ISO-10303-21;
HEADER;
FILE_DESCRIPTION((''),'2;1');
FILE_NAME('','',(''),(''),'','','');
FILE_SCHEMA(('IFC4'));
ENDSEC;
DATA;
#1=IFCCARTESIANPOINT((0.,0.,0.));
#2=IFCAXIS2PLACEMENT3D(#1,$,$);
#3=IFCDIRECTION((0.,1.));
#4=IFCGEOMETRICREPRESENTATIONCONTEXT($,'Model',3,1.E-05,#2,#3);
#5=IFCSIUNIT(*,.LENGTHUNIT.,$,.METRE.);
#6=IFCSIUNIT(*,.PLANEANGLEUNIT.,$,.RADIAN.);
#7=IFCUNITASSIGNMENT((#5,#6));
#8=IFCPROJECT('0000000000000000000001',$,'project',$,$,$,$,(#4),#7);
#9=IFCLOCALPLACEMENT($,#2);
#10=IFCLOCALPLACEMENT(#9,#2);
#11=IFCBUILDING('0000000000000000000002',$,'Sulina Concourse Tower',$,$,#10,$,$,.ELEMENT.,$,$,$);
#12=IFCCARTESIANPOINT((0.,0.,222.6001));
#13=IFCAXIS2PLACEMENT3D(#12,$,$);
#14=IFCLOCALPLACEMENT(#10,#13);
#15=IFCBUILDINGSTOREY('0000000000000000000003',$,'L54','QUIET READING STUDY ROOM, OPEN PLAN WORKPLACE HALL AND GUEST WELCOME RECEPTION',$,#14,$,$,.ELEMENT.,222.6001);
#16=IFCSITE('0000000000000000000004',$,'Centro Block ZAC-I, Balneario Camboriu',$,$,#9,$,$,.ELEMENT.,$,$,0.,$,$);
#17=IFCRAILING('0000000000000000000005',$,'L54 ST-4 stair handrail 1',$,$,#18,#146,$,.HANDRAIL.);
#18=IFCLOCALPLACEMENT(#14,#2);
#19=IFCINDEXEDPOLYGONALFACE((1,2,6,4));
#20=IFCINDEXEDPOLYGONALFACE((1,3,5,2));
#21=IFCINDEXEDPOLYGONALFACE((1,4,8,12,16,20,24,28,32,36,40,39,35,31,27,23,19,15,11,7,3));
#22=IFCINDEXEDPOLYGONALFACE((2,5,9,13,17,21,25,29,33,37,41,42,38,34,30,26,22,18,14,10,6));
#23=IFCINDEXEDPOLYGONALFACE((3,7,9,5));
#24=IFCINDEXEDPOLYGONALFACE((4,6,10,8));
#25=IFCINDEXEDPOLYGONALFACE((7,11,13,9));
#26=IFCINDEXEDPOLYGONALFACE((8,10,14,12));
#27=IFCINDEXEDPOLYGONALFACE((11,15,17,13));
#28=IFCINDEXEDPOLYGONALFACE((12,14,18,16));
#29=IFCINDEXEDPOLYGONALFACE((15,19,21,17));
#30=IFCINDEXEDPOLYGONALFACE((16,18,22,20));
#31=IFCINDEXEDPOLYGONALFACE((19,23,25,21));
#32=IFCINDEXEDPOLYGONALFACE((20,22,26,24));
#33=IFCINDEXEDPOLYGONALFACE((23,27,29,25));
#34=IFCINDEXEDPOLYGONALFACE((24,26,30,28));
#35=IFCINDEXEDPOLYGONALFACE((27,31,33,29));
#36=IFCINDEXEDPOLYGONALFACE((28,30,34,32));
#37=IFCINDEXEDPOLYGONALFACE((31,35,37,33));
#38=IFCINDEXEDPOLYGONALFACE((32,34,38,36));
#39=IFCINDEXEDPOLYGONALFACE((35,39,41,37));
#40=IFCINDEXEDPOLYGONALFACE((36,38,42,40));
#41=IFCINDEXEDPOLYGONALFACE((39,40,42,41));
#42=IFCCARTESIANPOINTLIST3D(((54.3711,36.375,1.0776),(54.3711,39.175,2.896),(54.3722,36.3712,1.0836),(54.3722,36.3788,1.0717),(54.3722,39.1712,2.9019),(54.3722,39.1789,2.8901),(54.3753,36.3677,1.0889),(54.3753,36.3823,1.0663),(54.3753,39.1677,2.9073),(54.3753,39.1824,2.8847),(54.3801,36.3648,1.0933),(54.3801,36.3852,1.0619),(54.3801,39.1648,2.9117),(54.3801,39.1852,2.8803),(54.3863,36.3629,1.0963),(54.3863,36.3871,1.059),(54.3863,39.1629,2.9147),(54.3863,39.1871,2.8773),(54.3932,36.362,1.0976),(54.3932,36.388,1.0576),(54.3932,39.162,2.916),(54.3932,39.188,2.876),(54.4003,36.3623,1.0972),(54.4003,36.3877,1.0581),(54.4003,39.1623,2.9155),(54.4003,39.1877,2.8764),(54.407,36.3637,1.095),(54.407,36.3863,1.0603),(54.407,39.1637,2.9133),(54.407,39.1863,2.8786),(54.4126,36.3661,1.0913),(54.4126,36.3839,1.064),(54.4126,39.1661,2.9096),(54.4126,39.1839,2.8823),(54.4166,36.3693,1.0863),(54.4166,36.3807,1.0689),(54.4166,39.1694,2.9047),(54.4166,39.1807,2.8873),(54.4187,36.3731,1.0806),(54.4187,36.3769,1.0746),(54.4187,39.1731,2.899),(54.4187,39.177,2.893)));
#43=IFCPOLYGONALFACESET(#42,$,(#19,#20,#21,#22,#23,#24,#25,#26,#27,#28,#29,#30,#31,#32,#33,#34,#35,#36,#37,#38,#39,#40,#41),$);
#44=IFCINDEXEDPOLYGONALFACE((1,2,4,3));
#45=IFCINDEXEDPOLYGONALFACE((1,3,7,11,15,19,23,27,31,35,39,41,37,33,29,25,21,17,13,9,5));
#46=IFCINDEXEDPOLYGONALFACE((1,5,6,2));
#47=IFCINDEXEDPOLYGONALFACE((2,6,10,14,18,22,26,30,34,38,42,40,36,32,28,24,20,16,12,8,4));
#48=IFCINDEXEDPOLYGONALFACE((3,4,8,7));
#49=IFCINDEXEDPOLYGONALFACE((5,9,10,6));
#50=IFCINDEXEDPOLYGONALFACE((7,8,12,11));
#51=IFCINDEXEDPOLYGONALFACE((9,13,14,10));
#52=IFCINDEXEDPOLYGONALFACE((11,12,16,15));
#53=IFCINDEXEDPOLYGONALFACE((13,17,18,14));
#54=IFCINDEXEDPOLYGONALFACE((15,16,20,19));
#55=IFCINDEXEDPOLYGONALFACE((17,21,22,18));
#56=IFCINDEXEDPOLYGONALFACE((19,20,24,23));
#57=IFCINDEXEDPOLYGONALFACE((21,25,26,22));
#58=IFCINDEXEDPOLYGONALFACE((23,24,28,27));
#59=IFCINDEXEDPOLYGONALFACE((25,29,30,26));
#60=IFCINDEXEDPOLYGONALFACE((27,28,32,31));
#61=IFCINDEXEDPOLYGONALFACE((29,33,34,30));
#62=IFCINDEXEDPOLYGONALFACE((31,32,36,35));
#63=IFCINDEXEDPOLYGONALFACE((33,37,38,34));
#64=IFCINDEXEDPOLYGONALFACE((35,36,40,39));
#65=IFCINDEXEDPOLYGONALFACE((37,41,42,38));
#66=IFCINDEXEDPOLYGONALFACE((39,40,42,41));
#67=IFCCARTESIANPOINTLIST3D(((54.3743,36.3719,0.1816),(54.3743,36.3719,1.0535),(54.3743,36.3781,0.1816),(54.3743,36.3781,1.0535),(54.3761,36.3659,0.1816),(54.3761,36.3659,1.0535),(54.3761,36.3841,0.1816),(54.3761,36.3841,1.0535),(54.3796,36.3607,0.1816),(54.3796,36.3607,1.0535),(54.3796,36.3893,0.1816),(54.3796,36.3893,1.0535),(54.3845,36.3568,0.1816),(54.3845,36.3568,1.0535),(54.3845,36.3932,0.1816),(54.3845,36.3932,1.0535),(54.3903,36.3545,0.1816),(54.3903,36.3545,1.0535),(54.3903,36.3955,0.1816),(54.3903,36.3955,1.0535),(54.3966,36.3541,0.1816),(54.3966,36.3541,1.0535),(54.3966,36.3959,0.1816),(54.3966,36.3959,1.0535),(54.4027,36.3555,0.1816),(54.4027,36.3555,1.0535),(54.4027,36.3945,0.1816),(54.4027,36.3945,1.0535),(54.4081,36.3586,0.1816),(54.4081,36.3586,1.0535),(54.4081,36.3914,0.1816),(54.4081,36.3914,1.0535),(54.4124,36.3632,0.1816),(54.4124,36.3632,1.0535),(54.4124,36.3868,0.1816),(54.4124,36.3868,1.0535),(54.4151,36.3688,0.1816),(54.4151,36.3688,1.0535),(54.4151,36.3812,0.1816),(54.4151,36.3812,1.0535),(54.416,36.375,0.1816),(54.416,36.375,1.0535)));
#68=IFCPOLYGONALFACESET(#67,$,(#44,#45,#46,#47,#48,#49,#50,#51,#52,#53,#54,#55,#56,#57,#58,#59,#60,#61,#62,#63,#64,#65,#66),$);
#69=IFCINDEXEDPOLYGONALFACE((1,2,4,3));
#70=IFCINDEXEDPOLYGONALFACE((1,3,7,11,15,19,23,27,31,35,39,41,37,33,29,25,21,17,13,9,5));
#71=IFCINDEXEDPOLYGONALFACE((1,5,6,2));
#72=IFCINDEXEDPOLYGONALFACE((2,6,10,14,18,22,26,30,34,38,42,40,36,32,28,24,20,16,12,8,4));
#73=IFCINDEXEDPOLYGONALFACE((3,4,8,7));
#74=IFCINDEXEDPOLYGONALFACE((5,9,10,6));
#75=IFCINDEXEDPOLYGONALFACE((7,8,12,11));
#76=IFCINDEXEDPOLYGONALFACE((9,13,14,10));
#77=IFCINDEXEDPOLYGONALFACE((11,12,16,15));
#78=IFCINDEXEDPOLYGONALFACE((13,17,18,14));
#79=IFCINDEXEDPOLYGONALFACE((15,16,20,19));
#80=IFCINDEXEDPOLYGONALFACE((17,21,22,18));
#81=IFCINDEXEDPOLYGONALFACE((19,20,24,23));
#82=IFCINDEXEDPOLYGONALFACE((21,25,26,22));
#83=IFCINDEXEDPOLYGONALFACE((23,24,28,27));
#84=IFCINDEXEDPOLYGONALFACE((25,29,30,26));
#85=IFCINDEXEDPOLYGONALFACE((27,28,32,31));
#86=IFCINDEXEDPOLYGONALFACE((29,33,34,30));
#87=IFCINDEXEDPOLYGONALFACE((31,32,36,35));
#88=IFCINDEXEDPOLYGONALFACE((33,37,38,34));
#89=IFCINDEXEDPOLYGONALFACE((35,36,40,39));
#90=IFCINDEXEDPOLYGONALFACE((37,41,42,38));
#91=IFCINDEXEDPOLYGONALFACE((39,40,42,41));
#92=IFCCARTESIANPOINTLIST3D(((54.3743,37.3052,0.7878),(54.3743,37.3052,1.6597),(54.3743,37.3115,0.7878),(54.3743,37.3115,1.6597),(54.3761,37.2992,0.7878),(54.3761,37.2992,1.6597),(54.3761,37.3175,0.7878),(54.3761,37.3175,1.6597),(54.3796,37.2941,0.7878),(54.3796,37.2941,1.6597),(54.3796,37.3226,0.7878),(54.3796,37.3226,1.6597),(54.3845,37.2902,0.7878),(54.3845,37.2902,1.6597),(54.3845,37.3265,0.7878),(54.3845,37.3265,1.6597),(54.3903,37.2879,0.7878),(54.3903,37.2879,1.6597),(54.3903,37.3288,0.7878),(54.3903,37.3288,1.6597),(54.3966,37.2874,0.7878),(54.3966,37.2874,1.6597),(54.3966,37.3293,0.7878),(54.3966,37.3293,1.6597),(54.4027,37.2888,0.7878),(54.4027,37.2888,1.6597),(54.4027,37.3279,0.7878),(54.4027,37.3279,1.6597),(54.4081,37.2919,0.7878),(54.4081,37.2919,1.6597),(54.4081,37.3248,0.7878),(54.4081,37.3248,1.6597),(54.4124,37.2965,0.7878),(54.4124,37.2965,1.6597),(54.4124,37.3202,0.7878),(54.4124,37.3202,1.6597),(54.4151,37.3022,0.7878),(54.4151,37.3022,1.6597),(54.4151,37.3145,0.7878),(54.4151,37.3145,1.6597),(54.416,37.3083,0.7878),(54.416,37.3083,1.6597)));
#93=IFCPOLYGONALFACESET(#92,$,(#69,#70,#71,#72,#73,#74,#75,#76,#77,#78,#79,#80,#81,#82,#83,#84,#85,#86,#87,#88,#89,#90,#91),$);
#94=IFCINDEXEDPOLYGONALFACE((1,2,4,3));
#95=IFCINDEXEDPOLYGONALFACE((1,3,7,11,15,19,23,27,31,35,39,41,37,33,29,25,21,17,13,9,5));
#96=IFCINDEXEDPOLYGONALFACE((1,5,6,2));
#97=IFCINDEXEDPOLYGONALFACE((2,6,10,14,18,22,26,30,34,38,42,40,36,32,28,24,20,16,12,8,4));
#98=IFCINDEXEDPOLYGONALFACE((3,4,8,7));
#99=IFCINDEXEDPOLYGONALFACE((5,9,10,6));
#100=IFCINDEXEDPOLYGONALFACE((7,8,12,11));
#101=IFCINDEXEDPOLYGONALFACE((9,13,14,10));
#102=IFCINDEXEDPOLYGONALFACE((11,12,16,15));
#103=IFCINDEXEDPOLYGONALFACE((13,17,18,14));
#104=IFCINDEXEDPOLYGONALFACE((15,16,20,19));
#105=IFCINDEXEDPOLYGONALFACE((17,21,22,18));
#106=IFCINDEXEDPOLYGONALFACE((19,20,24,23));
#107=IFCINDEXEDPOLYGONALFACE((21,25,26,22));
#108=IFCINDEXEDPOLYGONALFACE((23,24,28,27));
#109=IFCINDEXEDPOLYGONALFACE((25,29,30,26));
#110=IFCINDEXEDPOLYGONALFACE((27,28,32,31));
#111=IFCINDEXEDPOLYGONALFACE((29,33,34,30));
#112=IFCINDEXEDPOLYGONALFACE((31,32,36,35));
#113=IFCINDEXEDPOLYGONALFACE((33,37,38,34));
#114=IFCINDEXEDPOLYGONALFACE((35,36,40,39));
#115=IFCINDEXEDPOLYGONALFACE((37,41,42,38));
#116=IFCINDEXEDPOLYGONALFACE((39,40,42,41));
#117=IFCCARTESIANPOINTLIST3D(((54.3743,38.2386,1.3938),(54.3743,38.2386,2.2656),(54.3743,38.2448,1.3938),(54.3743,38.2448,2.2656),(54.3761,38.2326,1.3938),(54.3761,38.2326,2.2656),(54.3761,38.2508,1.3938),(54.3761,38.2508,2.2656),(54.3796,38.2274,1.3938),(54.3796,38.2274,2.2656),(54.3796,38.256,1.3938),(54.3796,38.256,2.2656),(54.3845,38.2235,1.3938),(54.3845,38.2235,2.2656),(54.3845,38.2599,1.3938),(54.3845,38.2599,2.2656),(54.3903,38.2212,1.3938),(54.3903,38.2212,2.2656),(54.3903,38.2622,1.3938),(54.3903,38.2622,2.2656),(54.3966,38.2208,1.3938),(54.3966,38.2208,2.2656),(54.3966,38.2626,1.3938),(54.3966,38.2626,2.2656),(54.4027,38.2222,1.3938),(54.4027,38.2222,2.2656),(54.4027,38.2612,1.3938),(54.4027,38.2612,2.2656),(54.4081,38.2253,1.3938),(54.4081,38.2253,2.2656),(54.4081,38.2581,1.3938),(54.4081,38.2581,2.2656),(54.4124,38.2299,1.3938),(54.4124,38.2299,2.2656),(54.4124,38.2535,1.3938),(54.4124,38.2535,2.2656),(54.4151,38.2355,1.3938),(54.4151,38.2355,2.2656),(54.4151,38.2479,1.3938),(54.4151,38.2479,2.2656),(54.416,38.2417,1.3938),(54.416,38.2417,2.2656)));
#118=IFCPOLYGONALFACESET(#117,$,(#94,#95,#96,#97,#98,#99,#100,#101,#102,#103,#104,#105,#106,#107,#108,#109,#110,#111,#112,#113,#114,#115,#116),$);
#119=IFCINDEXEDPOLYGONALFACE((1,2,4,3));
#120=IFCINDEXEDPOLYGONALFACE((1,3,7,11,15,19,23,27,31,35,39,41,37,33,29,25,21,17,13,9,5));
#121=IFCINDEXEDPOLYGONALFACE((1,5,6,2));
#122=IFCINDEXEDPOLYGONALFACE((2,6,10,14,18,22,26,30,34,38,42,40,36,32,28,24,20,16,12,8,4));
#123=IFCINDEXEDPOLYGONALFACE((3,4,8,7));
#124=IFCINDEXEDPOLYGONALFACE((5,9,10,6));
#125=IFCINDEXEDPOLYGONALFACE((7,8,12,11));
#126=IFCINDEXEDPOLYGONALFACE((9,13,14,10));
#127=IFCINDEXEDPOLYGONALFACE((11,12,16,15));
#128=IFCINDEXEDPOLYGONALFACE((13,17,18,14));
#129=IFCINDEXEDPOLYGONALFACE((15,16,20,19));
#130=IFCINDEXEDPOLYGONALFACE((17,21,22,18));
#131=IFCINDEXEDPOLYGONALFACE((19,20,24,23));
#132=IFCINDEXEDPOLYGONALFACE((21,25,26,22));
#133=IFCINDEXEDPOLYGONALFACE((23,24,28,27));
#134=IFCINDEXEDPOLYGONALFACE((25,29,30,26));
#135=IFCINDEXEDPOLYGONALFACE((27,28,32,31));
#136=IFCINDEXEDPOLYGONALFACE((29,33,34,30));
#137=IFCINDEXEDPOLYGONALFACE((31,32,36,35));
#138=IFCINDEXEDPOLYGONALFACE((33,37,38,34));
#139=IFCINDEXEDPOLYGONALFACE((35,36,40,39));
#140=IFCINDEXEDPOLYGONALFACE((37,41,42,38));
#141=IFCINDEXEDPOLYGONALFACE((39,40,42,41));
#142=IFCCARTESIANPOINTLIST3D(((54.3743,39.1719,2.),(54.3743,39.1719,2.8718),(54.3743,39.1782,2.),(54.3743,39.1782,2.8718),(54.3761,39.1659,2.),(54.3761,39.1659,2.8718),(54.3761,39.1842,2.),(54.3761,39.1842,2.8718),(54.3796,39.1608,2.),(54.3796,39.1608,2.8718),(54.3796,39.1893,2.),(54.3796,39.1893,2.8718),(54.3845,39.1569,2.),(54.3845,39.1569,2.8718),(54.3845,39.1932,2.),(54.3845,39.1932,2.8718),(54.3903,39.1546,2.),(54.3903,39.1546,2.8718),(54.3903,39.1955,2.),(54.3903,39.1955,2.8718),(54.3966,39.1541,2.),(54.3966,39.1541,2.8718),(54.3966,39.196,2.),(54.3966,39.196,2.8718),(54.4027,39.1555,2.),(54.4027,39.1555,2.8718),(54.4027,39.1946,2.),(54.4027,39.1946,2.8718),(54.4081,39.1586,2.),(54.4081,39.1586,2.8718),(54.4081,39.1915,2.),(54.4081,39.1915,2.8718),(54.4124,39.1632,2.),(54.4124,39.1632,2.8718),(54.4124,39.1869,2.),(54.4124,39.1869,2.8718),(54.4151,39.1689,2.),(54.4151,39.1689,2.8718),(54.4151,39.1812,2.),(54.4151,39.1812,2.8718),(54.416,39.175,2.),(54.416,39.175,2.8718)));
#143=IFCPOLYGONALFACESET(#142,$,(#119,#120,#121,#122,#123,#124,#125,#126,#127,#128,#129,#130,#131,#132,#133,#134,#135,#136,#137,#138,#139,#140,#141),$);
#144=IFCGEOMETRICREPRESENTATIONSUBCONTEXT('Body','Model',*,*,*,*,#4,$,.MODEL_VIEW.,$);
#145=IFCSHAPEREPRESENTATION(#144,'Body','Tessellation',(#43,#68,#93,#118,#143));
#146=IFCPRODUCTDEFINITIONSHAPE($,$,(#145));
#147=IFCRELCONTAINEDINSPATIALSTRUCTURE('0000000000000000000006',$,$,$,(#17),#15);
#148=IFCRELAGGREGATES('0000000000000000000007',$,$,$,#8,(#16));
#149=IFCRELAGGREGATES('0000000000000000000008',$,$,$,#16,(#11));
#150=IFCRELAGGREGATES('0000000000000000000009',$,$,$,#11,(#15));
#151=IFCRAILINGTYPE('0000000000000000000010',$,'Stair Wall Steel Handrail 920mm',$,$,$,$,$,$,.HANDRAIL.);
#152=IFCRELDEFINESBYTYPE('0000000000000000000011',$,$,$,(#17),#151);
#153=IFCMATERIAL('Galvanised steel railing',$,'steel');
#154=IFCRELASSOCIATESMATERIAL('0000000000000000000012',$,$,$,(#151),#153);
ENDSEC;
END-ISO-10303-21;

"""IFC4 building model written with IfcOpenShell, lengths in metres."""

from ifc_helpers import new_model, si_unit, direction, frame, origin, origin_2d, place, context, subcontext, project, spatial, circle, extrude, material, type_object, element, save


model = new_model("IFC4")

# Units and contexts
model_context = context("Model", 3, precision=1e-05, world=origin(), true_north=direction((0.0, 1.0)))
body_context = subcontext(model_context, "Body", "Model", "MODEL_VIEW")
ifc_project = project(units=[si_unit("LENGTHUNIT", "METRE"), si_unit("PLANEANGLEUNIT", "RADIAN")], contexts=[model_context])

# Site, building, storey
site_placement = place(None, origin())
site = spatial("IfcSite", under=ifc_project, at=site_placement, Name="Centro Block ZAC-I, Balneario Camboriu", CompositionType="ELEMENT", RefElevation=0.0)
building_placement = place(site_placement, origin())
building = spatial("IfcBuilding", under=site, at=building_placement, Name="Sulina Concourse Tower", CompositionType="ELEMENT")
storey_placement = place(building_placement, frame((0.0, 0.0, 222.6001)))
storey = spatial("IfcBuildingStorey", under=building, at=storey_placement, Name="L54", Description="QUIET READING STUDY ROOM, OPEN PLAN WORKPLACE HALL AND GUEST WELCOME RECEPTION", CompositionType="ELEMENT", Elevation=222.6001)

# Railing
ifc_material_1 = material(Name="Galvanised steel railing", Category="steel")
railing_type_1 = type_object("IfcRailingType", Name="Stair Wall Steel Handrail 920mm", PredefinedType="HANDRAIL", material=ifc_material_1)
railing_1_placement = place(storey_placement, frame((54.395, 36.375, 0.1816)))
element("IfcRailing", 1, at=railing_1_placement, inside=storey, type_object=railing_type_1, Name="L54 ST-4 stair handrail 1", PredefinedType="HANDRAIL", context=body_context, shape_type="SweptSolid", body=[
    extrude(circle(Radius=0.0239, at=origin_2d()), frame((0.0, 0.0, 0.896), z_axis=(0.0, 0.838672, 0.544636), x_axis=(-1.0, 0.0, 0.0)), (0.0, 0.0, 1.0), 3.3386),
    extrude(circle(Radius=0.021, at=origin_2d()), origin(), (0.0, 0.0, 1.0), 0.8718),
    extrude(circle(Radius=0.021, at=origin_2d()), frame((0.0, 0.9333, 0.6062)), (0.0, 0.0, 1.0), 0.8718),
    extrude(circle(Radius=0.021, at=origin_2d()), frame((0.0, 1.8667, 1.2122)), (0.0, 0.0, 1.0), 0.8718),
    extrude(circle(Radius=0.021, at=origin_2d()), frame((0.0, 2.8, 1.8184)), (0.0, 0.0, 1.0), 0.8718),
])

save(model, "model.ifc")
